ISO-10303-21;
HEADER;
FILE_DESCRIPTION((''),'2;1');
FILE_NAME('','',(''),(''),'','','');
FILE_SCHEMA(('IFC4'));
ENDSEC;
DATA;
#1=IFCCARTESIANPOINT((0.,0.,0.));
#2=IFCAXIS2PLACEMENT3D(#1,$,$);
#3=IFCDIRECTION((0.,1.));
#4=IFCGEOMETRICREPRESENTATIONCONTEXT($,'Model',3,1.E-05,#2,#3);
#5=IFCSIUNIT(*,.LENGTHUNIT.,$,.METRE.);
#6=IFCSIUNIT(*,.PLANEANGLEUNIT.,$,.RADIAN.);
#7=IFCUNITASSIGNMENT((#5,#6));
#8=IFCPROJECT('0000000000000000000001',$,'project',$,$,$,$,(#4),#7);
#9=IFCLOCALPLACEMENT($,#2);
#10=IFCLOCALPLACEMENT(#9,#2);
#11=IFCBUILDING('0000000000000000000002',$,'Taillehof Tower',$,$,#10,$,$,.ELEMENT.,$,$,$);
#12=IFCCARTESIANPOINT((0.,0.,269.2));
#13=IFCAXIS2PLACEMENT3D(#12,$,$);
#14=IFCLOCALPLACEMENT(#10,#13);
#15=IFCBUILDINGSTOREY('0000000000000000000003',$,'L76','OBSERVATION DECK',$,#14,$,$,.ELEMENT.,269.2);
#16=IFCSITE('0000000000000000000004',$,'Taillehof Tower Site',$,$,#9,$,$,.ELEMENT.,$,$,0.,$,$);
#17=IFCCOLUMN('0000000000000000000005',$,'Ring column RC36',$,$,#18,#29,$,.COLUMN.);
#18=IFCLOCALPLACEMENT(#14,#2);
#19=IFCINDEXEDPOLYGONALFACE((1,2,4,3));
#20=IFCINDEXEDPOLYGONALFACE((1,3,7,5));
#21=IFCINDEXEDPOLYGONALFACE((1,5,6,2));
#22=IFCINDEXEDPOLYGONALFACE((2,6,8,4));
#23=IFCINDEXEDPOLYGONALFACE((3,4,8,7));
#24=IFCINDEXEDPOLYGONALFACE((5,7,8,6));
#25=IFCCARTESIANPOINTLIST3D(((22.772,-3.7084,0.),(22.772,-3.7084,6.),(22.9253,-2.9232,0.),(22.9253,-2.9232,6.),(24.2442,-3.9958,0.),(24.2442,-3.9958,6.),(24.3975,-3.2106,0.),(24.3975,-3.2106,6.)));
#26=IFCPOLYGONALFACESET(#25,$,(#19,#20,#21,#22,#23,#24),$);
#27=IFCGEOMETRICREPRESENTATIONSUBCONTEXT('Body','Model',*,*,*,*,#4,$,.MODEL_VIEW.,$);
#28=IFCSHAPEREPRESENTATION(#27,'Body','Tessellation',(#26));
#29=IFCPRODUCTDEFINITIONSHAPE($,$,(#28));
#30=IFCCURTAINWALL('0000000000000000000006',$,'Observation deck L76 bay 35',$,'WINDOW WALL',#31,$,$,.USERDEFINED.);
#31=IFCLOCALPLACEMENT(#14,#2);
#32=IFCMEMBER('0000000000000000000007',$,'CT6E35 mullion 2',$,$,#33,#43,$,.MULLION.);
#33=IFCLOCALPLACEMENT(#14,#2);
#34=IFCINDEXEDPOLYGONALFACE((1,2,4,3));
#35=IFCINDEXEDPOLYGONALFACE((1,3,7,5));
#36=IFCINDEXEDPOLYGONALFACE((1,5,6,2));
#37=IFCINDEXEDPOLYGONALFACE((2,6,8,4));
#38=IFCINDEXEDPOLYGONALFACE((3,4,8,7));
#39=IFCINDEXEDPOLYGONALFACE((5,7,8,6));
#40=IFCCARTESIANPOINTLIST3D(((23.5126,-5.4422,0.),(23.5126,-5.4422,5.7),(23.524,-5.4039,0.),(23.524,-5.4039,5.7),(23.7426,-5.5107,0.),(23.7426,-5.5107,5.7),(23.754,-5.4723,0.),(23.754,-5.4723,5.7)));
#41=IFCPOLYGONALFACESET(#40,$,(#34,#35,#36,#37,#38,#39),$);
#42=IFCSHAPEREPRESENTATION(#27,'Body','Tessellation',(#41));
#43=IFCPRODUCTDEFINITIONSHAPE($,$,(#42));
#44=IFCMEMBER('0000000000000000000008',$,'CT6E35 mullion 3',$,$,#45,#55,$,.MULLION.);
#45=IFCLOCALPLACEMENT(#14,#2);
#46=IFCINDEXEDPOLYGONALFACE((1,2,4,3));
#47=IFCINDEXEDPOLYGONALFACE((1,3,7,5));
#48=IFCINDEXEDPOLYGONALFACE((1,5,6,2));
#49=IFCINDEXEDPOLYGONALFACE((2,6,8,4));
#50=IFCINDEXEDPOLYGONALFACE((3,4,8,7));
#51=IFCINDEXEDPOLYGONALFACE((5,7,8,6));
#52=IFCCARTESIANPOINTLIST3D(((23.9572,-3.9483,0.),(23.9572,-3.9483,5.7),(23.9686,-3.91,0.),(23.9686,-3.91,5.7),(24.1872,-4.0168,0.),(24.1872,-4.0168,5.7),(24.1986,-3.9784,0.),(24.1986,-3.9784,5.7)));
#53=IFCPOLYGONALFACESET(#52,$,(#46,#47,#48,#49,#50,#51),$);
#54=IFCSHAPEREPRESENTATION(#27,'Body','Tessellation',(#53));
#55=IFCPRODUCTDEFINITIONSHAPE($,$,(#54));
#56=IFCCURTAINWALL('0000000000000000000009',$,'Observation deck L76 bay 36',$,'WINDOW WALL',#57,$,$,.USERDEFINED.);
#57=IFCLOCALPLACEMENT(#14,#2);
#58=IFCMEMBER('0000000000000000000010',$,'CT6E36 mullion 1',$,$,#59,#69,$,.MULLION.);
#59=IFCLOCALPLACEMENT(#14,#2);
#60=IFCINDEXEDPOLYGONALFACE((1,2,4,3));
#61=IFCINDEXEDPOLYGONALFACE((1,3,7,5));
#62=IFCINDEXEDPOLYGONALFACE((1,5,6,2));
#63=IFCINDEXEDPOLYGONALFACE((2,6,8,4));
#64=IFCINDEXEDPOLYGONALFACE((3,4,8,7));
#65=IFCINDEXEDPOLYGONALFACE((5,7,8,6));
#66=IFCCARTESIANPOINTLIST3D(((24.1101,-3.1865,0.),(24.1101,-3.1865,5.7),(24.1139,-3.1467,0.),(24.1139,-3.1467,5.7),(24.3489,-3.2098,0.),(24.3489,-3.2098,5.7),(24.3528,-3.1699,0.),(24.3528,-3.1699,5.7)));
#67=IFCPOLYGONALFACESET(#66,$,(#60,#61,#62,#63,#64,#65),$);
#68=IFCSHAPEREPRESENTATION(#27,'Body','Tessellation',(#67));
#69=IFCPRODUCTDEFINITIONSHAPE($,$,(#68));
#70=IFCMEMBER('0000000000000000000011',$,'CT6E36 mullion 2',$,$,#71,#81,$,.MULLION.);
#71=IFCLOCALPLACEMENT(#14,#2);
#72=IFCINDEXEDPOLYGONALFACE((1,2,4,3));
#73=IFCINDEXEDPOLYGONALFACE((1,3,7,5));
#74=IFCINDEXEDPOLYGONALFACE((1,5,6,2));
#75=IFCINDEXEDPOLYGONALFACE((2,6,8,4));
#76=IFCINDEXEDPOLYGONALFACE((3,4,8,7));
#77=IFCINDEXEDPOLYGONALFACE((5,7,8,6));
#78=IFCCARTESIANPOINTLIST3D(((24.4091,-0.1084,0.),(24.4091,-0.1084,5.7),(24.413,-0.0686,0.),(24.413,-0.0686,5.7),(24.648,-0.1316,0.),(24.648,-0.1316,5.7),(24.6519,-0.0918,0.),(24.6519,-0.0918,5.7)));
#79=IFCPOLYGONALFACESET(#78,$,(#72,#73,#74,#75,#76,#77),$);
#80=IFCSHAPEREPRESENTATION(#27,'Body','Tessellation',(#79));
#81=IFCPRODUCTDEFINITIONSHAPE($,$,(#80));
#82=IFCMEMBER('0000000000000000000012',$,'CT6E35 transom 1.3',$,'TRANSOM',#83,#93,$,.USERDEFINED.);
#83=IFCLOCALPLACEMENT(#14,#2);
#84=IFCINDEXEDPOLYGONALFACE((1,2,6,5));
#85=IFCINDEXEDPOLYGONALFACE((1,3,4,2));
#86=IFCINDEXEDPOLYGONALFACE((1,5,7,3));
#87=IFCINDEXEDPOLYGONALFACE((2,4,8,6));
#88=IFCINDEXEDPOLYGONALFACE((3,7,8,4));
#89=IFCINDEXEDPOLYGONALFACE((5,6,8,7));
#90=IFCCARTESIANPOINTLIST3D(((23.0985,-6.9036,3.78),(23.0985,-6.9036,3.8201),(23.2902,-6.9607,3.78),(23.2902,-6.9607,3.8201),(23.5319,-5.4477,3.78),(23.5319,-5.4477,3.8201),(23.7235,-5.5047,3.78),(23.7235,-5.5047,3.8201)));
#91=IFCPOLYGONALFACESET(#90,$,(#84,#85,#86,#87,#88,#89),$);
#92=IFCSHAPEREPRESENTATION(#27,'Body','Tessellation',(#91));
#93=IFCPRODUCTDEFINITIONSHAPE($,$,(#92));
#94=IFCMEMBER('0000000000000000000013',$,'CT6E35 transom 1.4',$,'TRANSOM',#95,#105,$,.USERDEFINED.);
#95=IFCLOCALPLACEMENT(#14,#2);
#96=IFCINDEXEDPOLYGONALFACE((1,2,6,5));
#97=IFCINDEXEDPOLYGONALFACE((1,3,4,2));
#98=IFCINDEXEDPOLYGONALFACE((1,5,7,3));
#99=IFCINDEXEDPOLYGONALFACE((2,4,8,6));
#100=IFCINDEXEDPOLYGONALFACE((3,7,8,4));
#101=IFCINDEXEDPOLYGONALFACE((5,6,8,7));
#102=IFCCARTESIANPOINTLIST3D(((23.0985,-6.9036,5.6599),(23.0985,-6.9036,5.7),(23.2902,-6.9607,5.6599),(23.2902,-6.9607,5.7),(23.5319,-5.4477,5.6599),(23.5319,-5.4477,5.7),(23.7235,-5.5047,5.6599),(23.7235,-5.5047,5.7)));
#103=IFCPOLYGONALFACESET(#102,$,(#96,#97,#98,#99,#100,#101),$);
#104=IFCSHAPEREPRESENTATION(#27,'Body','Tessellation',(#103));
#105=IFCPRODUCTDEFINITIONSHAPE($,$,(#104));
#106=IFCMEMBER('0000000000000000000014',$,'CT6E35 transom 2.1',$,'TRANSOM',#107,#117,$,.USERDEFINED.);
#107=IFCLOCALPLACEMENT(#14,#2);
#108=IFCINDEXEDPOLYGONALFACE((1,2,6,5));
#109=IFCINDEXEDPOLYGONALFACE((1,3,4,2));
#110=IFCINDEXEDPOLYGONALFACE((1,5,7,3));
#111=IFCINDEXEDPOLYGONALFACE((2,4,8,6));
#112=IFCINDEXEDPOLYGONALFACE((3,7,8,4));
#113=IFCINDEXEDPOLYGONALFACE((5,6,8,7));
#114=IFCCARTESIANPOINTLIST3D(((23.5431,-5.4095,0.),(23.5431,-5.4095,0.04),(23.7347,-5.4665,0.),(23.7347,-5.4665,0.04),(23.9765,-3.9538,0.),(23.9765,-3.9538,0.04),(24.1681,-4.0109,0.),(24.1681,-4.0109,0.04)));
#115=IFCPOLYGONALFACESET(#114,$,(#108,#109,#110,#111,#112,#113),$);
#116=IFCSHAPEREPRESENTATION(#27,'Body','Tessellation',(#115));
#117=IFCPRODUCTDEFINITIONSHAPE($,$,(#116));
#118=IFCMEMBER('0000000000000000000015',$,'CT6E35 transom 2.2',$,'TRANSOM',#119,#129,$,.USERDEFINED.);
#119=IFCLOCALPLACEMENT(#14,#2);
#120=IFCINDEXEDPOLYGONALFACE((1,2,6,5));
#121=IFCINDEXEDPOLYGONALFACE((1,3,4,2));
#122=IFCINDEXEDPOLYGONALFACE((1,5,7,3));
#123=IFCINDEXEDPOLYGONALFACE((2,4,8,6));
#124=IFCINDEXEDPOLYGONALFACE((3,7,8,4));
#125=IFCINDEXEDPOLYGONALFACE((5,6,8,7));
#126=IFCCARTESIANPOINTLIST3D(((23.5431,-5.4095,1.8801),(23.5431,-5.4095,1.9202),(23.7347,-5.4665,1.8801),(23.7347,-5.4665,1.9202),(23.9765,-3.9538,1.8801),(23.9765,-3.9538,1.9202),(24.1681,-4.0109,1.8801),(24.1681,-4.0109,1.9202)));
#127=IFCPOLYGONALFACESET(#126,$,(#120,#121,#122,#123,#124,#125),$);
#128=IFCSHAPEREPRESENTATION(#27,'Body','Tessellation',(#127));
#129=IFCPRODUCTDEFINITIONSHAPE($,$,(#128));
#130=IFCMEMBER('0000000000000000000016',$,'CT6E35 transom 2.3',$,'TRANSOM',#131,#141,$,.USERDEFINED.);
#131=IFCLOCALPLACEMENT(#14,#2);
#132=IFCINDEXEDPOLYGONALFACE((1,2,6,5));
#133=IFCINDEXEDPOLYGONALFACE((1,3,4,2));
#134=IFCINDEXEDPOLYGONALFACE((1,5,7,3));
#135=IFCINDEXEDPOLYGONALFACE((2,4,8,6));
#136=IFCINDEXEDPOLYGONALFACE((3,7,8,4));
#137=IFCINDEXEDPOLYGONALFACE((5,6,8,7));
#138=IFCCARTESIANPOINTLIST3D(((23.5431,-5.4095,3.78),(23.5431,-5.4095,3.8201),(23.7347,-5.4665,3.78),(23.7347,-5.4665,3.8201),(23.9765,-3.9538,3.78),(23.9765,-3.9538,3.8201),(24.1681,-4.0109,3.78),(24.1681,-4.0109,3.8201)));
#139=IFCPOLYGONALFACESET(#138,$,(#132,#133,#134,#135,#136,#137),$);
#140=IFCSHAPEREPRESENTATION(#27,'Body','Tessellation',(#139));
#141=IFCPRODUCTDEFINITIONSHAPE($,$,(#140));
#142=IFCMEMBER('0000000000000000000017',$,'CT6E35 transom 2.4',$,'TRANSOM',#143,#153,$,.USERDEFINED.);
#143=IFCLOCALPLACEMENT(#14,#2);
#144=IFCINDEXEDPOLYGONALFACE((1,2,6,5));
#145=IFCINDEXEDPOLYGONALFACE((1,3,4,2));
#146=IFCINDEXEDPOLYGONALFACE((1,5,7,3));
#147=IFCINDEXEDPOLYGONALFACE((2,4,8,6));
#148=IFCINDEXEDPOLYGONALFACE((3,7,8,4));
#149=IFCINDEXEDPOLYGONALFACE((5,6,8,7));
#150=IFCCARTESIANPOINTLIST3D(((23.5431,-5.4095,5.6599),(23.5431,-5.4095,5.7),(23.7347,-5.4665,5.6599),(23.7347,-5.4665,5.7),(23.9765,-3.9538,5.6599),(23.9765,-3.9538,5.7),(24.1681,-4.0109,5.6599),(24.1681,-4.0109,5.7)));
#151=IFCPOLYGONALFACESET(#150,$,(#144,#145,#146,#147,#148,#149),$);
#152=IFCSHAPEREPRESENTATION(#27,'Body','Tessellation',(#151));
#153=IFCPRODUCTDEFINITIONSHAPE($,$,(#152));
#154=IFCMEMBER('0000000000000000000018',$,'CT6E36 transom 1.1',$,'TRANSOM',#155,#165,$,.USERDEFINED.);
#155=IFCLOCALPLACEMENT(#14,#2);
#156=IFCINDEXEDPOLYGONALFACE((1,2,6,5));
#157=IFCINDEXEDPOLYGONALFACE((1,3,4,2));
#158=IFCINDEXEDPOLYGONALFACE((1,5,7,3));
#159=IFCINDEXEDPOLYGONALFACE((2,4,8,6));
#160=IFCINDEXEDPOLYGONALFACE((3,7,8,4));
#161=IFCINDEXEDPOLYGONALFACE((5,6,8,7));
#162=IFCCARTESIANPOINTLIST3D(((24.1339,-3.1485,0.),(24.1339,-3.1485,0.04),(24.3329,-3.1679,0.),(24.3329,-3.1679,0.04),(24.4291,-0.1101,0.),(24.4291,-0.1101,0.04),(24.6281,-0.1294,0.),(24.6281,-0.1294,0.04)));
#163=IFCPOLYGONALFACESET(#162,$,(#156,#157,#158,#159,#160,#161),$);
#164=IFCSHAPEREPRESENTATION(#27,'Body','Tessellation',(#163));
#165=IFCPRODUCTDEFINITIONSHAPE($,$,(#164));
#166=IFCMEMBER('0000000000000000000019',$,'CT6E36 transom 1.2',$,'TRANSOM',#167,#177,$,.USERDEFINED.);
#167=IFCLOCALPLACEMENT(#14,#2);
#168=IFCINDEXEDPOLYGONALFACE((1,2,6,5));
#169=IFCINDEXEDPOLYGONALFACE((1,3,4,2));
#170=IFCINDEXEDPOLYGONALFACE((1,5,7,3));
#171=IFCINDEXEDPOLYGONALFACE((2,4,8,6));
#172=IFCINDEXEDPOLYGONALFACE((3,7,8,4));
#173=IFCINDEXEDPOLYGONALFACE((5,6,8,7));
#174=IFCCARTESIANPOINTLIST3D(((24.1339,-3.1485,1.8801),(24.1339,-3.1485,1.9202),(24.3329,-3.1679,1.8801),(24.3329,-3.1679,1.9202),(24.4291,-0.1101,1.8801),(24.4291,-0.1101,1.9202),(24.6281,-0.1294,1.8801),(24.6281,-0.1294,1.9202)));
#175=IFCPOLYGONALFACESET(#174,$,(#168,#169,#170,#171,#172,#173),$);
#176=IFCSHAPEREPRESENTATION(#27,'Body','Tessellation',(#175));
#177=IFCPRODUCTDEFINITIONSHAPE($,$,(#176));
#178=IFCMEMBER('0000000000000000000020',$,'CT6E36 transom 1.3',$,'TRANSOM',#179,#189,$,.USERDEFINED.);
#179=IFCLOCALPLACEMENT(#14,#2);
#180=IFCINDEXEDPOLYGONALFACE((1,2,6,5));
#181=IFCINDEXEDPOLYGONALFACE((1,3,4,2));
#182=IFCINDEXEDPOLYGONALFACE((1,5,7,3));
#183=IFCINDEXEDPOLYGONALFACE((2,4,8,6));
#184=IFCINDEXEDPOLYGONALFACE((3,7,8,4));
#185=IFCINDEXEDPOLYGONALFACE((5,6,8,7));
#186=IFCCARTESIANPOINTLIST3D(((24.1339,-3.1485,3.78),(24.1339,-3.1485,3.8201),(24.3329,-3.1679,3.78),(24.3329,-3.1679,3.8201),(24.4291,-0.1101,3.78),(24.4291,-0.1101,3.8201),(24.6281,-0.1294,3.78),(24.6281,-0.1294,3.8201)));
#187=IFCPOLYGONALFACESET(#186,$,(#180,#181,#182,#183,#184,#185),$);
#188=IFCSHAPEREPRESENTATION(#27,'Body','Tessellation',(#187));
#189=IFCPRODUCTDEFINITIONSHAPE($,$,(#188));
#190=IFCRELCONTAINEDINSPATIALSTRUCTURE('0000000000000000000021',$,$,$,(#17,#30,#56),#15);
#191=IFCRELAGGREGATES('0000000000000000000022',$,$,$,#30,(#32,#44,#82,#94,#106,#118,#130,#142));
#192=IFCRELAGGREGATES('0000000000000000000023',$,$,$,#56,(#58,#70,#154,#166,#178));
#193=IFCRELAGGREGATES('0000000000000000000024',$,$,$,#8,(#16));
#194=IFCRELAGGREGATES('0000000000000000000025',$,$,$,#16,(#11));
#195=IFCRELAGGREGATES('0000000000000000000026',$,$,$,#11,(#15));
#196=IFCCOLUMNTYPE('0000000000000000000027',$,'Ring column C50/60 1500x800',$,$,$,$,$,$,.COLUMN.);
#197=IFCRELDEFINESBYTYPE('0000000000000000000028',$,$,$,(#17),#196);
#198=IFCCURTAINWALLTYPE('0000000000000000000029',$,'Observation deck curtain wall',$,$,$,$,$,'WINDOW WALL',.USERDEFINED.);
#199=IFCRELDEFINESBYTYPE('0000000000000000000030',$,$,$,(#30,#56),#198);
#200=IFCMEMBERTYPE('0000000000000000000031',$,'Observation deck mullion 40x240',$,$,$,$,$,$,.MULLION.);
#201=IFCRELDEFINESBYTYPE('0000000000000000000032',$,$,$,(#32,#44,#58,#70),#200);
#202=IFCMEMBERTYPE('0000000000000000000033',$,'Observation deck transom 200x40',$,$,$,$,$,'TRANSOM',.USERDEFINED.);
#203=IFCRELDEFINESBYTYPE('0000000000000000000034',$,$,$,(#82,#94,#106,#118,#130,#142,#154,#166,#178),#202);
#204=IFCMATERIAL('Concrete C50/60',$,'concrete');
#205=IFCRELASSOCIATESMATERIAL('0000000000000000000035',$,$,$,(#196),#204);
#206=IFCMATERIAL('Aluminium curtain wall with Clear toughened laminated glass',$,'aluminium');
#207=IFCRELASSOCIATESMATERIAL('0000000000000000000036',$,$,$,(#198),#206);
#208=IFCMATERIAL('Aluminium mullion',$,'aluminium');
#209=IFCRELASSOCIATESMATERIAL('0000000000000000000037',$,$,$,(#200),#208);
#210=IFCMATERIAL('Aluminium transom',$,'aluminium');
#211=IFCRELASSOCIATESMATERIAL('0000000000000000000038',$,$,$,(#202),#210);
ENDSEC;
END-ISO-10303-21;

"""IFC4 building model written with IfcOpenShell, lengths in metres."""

from ifc_helpers import new_model, si_unit, direction, frame, origin, origin_2d, place, context, subcontext, project, spatial, rectangle, extrude, material, material_profile, profile_set, type_object, element, aggregate, save


model = new_model("IFC4")

# Units and contexts
model_context = context("Model", 3, precision=1e-05, world=origin(), true_north=direction((0.0, 1.0)))
body_context = subcontext(model_context, "Body", "Model", "MODEL_VIEW")
ifc_project = project(units=[si_unit("LENGTHUNIT", "METRE"), si_unit("PLANEANGLEUNIT", "RADIAN")], contexts=[model_context])

# Site, building, storey
site_placement = place(None, origin())
site = spatial("IfcSite", under=ifc_project, at=site_placement, Name="Taillehof Tower Site", CompositionType="ELEMENT", RefElevation=0.0)
building_placement = place(site_placement, origin())
building = spatial("IfcBuilding", under=site, at=building_placement, Name="Taillehof Tower", CompositionType="ELEMENT")
storey_placement = place(building_placement, frame((0.0, 0.0, 269.2)))
storey = spatial("IfcBuildingStorey", under=building, at=storey_placement, Name="L76", Description="OBSERVATION DECK", CompositionType="ELEMENT", Elevation=269.2)

# Column
ifc_material_1 = material(Name="Concrete C50/60", Category="concrete")
ifc_material_profile_1 = material_profile(ifc_material_1, rectangle(XDim=1.5, YDim=0.8, at=origin_2d()), Name="RC 1500x800")
ifc_profile_set_1 = profile_set([ifc_material_profile_1], Name="Concrete C50/60")
column_type = type_object("IfcColumnType", Name="Ring column C50/60 1500x800", PredefinedType="COLUMN", material=ifc_profile_set_1)
column_placement = place(storey_placement, frame((23.5847, -3.4595, 0.0), z_axis=(0.0, 0.0, 1.0), x_axis=(0.981473, -0.191602, 0.0)))
element("IfcColumn", 1, at=column_placement, inside=storey, type_object=column_type, Name="Ring column RC36", PredefinedType="COLUMN", context=body_context, shape_type="SweptSolid", body=[
    extrude(rectangle(XDim=1.5, YDim=0.8, at=origin_2d()), origin(), (0.0, 0.0, 1.0), 6.0),
])

# Curtain walls, members
ifc_material_2 = material(Name="Aluminium curtain wall with Clear toughened laminated glass", Category="aluminium")
curtain_wall_type = type_object("IfcCurtainWallType", Name="Observation deck curtain wall", ElementType="WINDOW WALL", PredefinedType="USERDEFINED", material=ifc_material_2)
curtain_wall_1_placement = place(storey_placement, origin())
curtain_wall_1 = element("IfcCurtainWall", 2, at=curtain_wall_1_placement, inside=storey, type_object=curtain_wall_type, Name="Observation deck L76 bay 35", ObjectType="WINDOW WALL", PredefinedType="USERDEFINED")
ifc_material_3 = material(Name="Aluminium mullion", Category="aluminium")
ifc_material_profile_2 = material_profile(ifc_material_3, rectangle(XDim=0.24, YDim=0.04, at=origin_2d()), Name="AL 40x240")
ifc_profile_set_2 = profile_set([ifc_material_profile_2], Name="Aluminium mullion")
member_type_1 = type_object("IfcMemberType", Name="Observation deck mullion 40x240", PredefinedType="MULLION", material=ifc_profile_set_2)
member_1_placement = place(storey_placement, frame((23.6333, -5.4573, 0.0), z_axis=(0.0, 0.0, 1.0), x_axis=(-0.958457, 0.285236, 0.0)))
member_1 = element("IfcMember", 3, at=member_1_placement, type_object=member_type_1, Name="CT6E35 mullion 2", PredefinedType="MULLION", context=body_context, shape_type="SweptSolid", body=[
    extrude(rectangle(XDim=0.24, YDim=0.04, at=origin_2d()), origin(), (0.0, 0.0, 1.0), 5.7),
])
member_2_placement = place(storey_placement, frame((24.0779, -3.9634, 0.0), z_axis=(0.0, 0.0, 1.0), x_axis=(-0.958457, 0.285236, 0.0)))
member_2 = element("IfcMember", 4, at=member_2_placement, type_object=member_type_1, Name="CT6E35 mullion 3", PredefinedType="MULLION", context=body_context, shape_type="SweptSolid", body=[
    extrude(rectangle(XDim=0.24, YDim=0.04, at=origin_2d()), origin(), (0.0, 0.0, 1.0), 5.7),
])
curtain_wall_2_placement = place(storey_placement, origin())
curtain_wall_2 = element("IfcCurtainWall", 5, at=curtain_wall_2_placement, inside=storey, type_object=curtain_wall_type, Name="Observation deck L76 bay 36", ObjectType="WINDOW WALL", PredefinedType="USERDEFINED")
member_3_placement = place(storey_placement, frame((24.2314, -3.1782, 0.0), z_axis=(0.0, 0.0, 1.0), x_axis=(-0.995312, 0.096714, 0.0)))
member_3 = element("IfcMember", 6, at=member_3_placement, type_object=member_type_1, Name="CT6E36 mullion 1", PredefinedType="MULLION", context=body_context, shape_type="SweptSolid", body=[
    extrude(rectangle(XDim=0.24, YDim=0.04, at=origin_2d()), origin(), (0.0, 0.0, 1.0), 5.7),
])
member_4_placement = place(storey_placement, frame((24.5305, -0.1001, 0.0), z_axis=(0.0, 0.0, 1.0), x_axis=(-0.995312, 0.096714, 0.0)))
member_4 = element("IfcMember", 7, at=member_4_placement, type_object=member_type_1, Name="CT6E36 mullion 2", PredefinedType="MULLION", context=body_context, shape_type="SweptSolid", body=[
    extrude(rectangle(XDim=0.24, YDim=0.04, at=origin_2d()), origin(), (0.0, 0.0, 1.0), 5.7),
])

# Members
ifc_material_4 = material(Name="Aluminium transom", Category="aluminium")
ifc_material_profile_3 = material_profile(ifc_material_4, rectangle(XDim=0.2, YDim=0.04, at=origin_2d()), Name="AL 200x40")
ifc_profile_set_3 = profile_set([ifc_material_profile_3], Name="Aluminium transom")
member_type_2 = type_object("IfcMemberType", Name="Observation deck transom 200x40", ElementType="TRANSOM", PredefinedType="USERDEFINED", material=ifc_profile_set_3)
member_5_placement = place(storey_placement, frame((23.1943, -6.9321, 3.8), z_axis=(0.285298, 0.958439, 0.0), x_axis=(-0.958439, 0.285298, 0.0)))
member_5 = element("IfcMember", 8, at=member_5_placement, type_object=member_type_2, Name="CT6E35 transom 1.3", ObjectType="TRANSOM", PredefinedType="USERDEFINED", context=body_context, shape_type="SweptSolid", body=[
    extrude(rectangle(XDim=0.2, YDim=0.04, at=origin_2d()), origin(), (0.0, 0.0, 1.0), 1.519),
])
member_6_placement = place(storey_placement, frame((23.1943, -6.9321, 5.6799), z_axis=(0.285298, 0.958439, 0.0), x_axis=(-0.958439, 0.285298, 0.0)))
member_6 = element("IfcMember", 9, at=member_6_placement, type_object=member_type_2, Name="CT6E35 transom 1.4", ObjectType="TRANSOM", PredefinedType="USERDEFINED", context=body_context, shape_type="SweptSolid", body=[
    extrude(rectangle(XDim=0.2, YDim=0.04, at=origin_2d()), origin(), (0.0, 0.0, 1.0), 1.519),
])
member_7_placement = place(storey_placement, frame((23.6389, -5.438, 0.02), z_axis=(0.285341, 0.958426, 0.0), x_axis=(-0.958426, 0.285341, 0.0)))
member_7 = element("IfcMember", 10, at=member_7_placement, type_object=member_type_2, Name="CT6E35 transom 2.1", ObjectType="TRANSOM", PredefinedType="USERDEFINED", context=body_context, shape_type="SweptSolid", body=[
    extrude(rectangle(XDim=0.2, YDim=0.04, at=origin_2d()), origin(), (0.0, 0.0, 1.0), 1.5188),
])
member_8_placement = place(storey_placement, frame((23.6389, -5.438, 1.9001), z_axis=(0.285341, 0.958426, 0.0), x_axis=(-0.958426, 0.285341, 0.0)))
member_8 = element("IfcMember", 11, at=member_8_placement, type_object=member_type_2, Name="CT6E35 transom 2.2", ObjectType="TRANSOM", PredefinedType="USERDEFINED", context=body_context, shape_type="SweptSolid", body=[
    extrude(rectangle(XDim=0.2, YDim=0.04, at=origin_2d()), origin(), (0.0, 0.0, 1.0), 1.5188),
])
member_9_placement = place(storey_placement, frame((23.6389, -5.438, 3.8), z_axis=(0.285341, 0.958426, 0.0), x_axis=(-0.958426, 0.285341, 0.0)))
member_9 = element("IfcMember", 12, at=member_9_placement, type_object=member_type_2, Name="CT6E35 transom 2.3", ObjectType="TRANSOM", PredefinedType="USERDEFINED", context=body_context, shape_type="SweptSolid", body=[
    extrude(rectangle(XDim=0.2, YDim=0.04, at=origin_2d()), origin(), (0.0, 0.0, 1.0), 1.5188),
])
member_10_placement = place(storey_placement, frame((23.6389, -5.438, 5.6799), z_axis=(0.285341, 0.958426, 0.0), x_axis=(-0.958426, 0.285341, 0.0)))
member_10 = element("IfcMember", 13, at=member_10_placement, type_object=member_type_2, Name="CT6E35 transom 2.4", ObjectType="TRANSOM", PredefinedType="USERDEFINED", context=body_context, shape_type="SweptSolid", body=[
    extrude(rectangle(XDim=0.2, YDim=0.04, at=origin_2d()), origin(), (0.0, 0.0, 1.0), 1.5188),
])
member_11_placement = place(storey_placement, frame((24.2334, -3.1582, 0.02), z_axis=(0.096692, 0.995314, 0.0), x_axis=(-0.995314, 0.096692, 0.0)))
member_11 = element("IfcMember", 14, at=member_11_placement, type_object=member_type_2, Name="CT6E36 transom 1.1", ObjectType="TRANSOM", PredefinedType="USERDEFINED", context=body_context, shape_type="SweptSolid", body=[
    extrude(rectangle(XDim=0.2, YDim=0.04, at=origin_2d()), origin(), (0.0, 0.0, 1.0), 3.0527),
])
member_12_placement = place(storey_placement, frame((24.2334, -3.1582, 1.9001), z_axis=(0.096692, 0.995314, 0.0), x_axis=(-0.995314, 0.096692, 0.0)))
member_12 = element("IfcMember", 15, at=member_12_placement, type_object=member_type_2, Name="CT6E36 transom 1.2", ObjectType="TRANSOM", PredefinedType="USERDEFINED", context=body_context, shape_type="SweptSolid", body=[
    extrude(rectangle(XDim=0.2, YDim=0.04, at=origin_2d()), origin(), (0.0, 0.0, 1.0), 3.0527),
])
member_13_placement = place(storey_placement, frame((24.2334, -3.1582, 3.8), z_axis=(0.096692, 0.995314, 0.0), x_axis=(-0.995314, 0.096692, 0.0)))
member_13 = element("IfcMember", 16, at=member_13_placement, type_object=member_type_2, Name="CT6E36 transom 1.3", ObjectType="TRANSOM", PredefinedType="USERDEFINED", context=body_context, shape_type="SweptSolid", body=[
    extrude(rectangle(XDim=0.2, YDim=0.04, at=origin_2d()), origin(), (0.0, 0.0, 1.0), 3.0527),
])

aggregate(curtain_wall_1, [member_1, member_2, member_5, member_6, member_7, member_8, member_9, member_10])
aggregate(curtain_wall_2, [member_3, member_4, member_11, member_12, member_13])

save(model, "model.ifc")
